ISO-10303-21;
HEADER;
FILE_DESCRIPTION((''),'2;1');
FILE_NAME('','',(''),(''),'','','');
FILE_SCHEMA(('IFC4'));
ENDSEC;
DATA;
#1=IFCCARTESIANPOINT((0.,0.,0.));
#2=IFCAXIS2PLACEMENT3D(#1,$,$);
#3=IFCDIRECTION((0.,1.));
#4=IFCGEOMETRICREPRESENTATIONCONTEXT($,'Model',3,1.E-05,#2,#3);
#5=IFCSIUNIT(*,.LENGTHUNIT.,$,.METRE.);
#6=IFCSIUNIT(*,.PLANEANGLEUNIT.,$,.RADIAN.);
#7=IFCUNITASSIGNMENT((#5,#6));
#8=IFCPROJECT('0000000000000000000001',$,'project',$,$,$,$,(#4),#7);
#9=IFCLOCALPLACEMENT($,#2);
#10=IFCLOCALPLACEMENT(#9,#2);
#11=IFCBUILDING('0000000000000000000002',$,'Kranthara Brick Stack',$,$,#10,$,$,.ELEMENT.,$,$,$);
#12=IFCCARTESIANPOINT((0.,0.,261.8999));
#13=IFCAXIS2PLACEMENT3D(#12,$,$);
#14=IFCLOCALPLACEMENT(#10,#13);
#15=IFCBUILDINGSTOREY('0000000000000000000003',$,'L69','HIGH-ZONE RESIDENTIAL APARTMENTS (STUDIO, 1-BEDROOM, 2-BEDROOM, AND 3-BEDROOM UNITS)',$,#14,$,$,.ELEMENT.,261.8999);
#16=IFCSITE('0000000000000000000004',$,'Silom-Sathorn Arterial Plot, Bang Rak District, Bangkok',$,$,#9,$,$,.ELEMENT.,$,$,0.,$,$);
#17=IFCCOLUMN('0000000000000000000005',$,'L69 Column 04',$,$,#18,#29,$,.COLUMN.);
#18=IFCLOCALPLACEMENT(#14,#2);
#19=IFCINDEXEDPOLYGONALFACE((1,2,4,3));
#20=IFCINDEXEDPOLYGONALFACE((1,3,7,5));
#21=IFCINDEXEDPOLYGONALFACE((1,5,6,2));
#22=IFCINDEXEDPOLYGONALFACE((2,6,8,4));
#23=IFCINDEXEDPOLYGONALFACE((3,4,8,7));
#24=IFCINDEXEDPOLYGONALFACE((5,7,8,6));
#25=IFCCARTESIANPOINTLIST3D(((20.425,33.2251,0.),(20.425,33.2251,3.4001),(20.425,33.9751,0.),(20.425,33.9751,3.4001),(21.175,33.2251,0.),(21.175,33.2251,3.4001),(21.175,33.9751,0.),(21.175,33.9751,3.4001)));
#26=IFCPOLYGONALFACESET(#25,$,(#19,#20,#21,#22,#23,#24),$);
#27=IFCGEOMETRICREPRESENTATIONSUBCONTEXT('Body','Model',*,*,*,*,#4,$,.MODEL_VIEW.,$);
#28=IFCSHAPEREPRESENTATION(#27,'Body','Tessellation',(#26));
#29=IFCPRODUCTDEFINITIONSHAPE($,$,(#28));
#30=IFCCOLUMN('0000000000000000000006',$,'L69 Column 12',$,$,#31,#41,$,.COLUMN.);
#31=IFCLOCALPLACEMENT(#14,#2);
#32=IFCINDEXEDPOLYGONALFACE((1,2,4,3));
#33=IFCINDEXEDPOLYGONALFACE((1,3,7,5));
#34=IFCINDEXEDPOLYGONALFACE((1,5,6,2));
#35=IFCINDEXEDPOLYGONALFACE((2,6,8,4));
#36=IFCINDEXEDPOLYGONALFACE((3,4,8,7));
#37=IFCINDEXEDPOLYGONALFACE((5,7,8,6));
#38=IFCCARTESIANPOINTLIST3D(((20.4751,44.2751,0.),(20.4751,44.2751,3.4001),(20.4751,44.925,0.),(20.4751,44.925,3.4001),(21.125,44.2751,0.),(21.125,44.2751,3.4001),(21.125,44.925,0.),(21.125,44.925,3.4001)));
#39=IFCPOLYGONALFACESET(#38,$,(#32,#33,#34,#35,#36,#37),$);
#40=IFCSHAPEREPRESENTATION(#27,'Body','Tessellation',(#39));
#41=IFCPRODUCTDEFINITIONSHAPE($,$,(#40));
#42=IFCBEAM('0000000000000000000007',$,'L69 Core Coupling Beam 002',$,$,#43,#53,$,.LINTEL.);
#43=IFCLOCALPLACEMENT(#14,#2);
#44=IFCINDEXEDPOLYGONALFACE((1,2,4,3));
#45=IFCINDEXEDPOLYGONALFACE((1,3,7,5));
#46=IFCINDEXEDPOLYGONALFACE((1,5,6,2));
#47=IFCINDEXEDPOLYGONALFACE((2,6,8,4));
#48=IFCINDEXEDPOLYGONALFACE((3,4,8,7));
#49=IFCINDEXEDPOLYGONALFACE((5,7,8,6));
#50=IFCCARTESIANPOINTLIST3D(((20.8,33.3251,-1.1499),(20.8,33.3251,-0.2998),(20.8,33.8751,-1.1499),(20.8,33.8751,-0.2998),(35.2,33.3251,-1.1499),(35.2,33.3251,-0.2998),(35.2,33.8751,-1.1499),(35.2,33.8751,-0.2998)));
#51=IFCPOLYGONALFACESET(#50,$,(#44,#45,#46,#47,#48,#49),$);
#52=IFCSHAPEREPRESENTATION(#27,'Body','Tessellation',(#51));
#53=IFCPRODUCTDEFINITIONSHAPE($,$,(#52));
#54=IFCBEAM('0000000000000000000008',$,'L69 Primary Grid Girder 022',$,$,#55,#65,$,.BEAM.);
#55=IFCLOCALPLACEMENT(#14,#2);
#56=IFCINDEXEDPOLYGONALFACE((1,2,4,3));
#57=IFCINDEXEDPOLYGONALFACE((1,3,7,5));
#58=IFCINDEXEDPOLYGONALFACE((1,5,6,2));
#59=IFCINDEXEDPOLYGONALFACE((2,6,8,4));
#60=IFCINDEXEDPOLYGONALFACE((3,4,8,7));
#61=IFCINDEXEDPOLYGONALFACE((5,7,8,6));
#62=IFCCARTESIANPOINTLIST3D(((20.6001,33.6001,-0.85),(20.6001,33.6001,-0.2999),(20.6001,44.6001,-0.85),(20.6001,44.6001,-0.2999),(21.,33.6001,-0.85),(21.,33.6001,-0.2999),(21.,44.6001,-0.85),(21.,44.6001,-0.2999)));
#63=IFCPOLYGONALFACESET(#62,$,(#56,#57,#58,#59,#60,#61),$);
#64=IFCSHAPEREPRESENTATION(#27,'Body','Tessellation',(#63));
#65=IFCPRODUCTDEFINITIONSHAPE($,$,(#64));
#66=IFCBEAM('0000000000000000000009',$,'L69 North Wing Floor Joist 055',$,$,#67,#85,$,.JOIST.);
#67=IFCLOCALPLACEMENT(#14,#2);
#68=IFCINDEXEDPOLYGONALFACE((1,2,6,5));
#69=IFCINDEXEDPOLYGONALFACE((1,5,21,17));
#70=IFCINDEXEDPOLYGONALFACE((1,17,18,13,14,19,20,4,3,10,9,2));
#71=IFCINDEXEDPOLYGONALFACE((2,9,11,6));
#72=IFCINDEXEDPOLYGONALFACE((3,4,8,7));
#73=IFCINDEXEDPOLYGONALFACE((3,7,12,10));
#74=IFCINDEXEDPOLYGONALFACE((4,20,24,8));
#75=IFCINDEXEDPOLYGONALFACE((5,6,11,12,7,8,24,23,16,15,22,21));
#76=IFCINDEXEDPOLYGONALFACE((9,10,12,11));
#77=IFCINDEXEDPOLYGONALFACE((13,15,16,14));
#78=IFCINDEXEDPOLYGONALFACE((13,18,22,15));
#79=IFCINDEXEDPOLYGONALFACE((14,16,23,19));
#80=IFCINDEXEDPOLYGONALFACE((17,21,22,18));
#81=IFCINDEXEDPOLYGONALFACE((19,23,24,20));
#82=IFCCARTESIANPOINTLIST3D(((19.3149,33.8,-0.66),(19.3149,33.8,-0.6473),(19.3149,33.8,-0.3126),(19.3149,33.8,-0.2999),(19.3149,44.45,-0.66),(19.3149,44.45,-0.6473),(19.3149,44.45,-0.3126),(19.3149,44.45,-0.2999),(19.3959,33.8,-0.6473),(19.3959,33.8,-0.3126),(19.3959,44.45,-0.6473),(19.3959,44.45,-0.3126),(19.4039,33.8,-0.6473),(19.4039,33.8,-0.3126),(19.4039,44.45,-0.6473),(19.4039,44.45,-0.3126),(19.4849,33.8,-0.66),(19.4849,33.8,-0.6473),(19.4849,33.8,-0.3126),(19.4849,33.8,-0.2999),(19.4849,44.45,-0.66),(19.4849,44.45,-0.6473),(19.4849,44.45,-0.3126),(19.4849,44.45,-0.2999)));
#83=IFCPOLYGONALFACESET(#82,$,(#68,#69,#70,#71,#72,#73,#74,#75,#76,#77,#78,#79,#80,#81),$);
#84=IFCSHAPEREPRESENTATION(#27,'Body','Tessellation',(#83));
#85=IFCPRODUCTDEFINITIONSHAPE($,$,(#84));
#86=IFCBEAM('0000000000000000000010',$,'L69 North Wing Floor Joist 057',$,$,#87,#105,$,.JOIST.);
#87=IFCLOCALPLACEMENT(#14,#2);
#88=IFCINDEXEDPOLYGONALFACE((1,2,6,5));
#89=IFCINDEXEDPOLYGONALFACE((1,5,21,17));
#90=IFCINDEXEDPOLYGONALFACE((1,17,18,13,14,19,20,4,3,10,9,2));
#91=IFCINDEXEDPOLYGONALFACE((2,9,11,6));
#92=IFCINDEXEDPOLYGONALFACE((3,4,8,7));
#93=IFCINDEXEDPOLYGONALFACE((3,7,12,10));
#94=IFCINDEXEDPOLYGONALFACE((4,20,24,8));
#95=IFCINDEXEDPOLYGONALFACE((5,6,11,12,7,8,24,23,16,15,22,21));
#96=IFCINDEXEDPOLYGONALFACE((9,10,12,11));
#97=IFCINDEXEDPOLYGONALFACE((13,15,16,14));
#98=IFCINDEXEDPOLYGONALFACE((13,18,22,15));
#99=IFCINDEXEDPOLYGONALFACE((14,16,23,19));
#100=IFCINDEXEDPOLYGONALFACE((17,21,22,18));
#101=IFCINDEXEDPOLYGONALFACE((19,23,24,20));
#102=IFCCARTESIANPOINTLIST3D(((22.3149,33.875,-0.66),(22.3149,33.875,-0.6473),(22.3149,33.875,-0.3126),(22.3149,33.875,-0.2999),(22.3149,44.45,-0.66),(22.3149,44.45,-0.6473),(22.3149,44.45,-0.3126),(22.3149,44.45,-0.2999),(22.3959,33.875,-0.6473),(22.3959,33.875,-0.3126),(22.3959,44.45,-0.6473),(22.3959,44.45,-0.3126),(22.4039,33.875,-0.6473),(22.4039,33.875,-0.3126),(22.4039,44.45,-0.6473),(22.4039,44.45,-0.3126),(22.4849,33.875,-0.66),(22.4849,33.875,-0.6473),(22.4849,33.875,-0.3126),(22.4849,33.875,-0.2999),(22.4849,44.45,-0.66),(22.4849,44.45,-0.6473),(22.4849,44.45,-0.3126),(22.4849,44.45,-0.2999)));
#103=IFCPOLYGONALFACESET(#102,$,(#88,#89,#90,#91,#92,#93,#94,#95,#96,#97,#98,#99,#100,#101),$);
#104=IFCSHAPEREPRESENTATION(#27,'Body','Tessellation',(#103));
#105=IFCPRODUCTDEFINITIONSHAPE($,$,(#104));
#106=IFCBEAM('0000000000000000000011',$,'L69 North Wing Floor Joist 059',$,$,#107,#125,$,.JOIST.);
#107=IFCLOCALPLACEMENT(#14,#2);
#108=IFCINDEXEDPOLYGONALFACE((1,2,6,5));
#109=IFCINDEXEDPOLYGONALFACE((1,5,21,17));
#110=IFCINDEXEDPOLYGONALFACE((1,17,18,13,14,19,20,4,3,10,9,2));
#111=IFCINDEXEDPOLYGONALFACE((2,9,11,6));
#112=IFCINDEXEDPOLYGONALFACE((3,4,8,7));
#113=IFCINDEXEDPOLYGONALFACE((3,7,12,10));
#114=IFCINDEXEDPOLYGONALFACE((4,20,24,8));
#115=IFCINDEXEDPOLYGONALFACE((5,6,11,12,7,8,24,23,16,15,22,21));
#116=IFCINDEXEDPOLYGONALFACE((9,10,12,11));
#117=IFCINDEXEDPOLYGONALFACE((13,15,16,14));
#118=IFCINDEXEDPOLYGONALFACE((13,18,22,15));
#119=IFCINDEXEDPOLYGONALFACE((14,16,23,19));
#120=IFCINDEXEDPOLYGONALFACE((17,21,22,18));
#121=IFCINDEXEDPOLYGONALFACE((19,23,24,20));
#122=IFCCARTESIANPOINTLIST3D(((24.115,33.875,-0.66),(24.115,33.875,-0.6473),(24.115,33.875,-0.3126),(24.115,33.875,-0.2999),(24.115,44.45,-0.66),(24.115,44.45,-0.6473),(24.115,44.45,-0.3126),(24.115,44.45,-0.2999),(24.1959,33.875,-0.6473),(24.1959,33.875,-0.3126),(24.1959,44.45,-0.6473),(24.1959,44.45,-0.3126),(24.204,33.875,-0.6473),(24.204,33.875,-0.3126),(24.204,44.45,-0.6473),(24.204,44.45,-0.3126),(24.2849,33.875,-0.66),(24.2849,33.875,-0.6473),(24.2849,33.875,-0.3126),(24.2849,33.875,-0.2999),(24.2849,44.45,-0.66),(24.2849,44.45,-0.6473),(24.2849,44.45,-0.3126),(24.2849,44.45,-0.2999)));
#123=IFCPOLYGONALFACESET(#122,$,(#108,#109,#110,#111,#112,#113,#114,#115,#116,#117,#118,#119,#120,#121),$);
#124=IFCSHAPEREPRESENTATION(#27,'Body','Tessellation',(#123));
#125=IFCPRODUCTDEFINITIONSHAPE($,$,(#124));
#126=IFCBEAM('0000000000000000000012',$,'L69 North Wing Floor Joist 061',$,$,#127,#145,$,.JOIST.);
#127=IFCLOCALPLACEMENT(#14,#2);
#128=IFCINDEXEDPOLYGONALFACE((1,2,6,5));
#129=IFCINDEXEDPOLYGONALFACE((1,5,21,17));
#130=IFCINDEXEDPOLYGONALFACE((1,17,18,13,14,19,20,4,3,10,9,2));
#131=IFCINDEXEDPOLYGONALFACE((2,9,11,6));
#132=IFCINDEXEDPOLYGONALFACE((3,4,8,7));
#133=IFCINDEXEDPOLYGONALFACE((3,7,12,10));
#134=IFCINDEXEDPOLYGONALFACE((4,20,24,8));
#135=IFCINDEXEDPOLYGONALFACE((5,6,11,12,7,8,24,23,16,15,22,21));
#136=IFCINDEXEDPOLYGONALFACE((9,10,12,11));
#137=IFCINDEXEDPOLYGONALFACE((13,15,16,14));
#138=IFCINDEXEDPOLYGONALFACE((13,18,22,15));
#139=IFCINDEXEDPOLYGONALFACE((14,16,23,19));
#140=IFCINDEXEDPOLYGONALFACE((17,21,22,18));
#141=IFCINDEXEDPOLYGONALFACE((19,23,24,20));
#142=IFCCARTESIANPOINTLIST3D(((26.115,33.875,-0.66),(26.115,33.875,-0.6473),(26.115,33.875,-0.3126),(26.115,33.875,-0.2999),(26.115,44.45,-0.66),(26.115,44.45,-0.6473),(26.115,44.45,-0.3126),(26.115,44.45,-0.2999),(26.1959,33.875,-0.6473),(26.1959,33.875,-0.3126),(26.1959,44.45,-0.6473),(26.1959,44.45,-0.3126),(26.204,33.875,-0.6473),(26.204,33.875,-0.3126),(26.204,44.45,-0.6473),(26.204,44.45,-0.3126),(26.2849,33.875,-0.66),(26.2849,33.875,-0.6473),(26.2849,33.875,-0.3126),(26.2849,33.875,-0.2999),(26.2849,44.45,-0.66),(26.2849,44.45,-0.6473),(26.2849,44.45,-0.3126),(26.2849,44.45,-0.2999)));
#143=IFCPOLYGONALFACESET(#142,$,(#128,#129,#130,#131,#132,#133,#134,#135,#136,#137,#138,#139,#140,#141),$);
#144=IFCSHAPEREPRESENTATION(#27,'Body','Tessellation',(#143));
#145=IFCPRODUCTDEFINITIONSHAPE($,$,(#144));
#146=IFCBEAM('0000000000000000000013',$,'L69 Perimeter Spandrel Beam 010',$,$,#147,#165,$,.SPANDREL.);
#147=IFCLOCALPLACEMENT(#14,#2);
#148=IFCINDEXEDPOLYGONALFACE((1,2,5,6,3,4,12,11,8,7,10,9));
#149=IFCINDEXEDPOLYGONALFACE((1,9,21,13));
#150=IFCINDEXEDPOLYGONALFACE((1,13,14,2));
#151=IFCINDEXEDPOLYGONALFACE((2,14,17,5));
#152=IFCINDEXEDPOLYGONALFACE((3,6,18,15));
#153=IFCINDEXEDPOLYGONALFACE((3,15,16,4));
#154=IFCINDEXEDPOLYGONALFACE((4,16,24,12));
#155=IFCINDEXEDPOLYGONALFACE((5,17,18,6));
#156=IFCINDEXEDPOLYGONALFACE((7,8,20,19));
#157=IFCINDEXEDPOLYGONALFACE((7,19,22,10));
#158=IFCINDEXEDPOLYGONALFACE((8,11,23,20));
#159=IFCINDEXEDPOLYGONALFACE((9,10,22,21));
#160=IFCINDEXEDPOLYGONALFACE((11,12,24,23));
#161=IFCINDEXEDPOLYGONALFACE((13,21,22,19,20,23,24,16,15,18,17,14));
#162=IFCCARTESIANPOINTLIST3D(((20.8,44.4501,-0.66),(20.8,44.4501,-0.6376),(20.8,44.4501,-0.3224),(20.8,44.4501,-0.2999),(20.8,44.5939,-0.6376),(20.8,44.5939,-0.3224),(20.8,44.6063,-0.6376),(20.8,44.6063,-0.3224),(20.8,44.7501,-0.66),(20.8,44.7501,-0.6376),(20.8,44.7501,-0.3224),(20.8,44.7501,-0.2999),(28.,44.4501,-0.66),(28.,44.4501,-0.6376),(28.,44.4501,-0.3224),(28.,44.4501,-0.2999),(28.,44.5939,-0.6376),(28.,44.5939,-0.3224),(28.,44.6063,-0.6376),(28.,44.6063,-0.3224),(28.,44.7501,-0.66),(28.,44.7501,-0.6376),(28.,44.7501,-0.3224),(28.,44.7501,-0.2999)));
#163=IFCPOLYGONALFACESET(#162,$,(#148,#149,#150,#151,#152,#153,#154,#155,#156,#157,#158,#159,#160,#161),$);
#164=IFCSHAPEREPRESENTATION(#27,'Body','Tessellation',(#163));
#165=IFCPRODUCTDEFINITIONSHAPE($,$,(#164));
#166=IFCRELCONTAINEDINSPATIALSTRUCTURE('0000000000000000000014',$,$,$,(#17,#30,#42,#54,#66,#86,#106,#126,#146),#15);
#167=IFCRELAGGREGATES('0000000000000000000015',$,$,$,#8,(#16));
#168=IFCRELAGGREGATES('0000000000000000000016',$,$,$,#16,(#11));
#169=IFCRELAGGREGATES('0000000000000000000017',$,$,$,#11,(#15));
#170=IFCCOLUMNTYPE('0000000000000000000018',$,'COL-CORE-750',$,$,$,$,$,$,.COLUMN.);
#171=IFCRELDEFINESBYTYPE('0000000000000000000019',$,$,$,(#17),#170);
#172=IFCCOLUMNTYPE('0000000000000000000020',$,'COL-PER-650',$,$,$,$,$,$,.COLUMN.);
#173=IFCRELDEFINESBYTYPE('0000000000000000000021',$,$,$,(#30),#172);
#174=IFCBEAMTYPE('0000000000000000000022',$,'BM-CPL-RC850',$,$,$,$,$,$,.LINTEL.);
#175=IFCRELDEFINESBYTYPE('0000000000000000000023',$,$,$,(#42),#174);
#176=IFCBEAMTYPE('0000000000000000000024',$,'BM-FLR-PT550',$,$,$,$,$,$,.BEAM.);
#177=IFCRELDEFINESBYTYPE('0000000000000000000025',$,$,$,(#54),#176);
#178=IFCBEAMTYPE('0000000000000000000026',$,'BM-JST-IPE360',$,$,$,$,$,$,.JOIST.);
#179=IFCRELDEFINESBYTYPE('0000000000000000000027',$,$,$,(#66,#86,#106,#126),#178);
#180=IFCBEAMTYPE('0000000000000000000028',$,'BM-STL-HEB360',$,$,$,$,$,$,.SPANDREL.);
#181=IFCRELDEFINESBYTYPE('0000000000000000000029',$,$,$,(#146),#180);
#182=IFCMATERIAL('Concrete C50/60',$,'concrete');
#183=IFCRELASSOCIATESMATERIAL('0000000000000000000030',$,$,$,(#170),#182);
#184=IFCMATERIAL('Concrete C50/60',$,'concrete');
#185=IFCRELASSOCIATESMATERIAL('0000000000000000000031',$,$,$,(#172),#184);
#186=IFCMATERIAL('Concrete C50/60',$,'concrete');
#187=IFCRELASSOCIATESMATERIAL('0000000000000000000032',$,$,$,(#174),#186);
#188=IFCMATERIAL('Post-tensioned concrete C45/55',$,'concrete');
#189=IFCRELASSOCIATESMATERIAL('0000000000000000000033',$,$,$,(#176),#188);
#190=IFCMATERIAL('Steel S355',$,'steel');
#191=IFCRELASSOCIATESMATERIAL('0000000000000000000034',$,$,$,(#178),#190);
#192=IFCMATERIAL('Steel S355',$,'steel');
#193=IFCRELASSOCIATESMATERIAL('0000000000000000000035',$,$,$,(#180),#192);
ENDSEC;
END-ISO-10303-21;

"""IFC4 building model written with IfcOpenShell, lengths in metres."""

from ifc_helpers import new_model, si_unit, direction, frame, origin, origin_2d, place, context, subcontext, project, spatial, rectangle, i_section, extrude, material, material_profile, profile_set, type_object, element, save


model = new_model("IFC4")

# Units and contexts
model_context = context("Model", 3, precision=1e-05, world=origin(), true_north=direction((0.0, 1.0)))
body_context = subcontext(model_context, "Body", "Model", "MODEL_VIEW")
ifc_project = project(units=[si_unit("LENGTHUNIT", "METRE"), si_unit("PLANEANGLEUNIT", "RADIAN")], contexts=[model_context])

# Site, building, storey
site_placement = place(None, origin())
site = spatial("IfcSite", under=ifc_project, at=site_placement, Name="Silom-Sathorn Arterial Plot, Bang Rak District, Bangkok", CompositionType="ELEMENT", RefElevation=0.0)
building_placement = place(site_placement, origin())
building = spatial("IfcBuilding", under=site, at=building_placement, Name="Kranthara Brick Stack", CompositionType="ELEMENT")
storey_placement = place(building_placement, frame((0.0, 0.0, 261.8999)))
storey = spatial("IfcBuildingStorey", under=building, at=storey_placement, Name="L69", Description="HIGH-ZONE RESIDENTIAL APARTMENTS (STUDIO, 1-BEDROOM, 2-BEDROOM, AND 3-BEDROOM UNITS)", CompositionType="ELEMENT", Elevation=261.8999)

# Columns
ifc_material_1 = material(Name="Concrete C50/60", Category="concrete")
ifc_material_profile_1 = material_profile(ifc_material_1, rectangle(XDim=0.75, YDim=0.75, at=origin_2d()), Name="RC 750x750")
ifc_profile_set_1 = profile_set([ifc_material_profile_1], Name="Concrete C50/60")
column_type_1 = type_object("IfcColumnType", Name="COL-CORE-750", PredefinedType="COLUMN", material=ifc_profile_set_1)
column_1_placement = place(storey_placement, frame((20.8, 33.6001, 0.0), z_axis=(0.0, 0.0, 1.0), x_axis=(1.0, 0.0, 0.0)))
element("IfcColumn", 1, at=column_1_placement, inside=storey, type_object=column_type_1, Name="L69 Column 04", PredefinedType="COLUMN", context=body_context, shape_type="SweptSolid", body=[
    extrude(rectangle(XDim=0.75, YDim=0.75, at=origin_2d()), origin(), (0.0, 0.0, 1.0), 3.4001),
])
ifc_material_2 = material(Name="Concrete C50/60", Category="concrete")
ifc_material_profile_2 = material_profile(ifc_material_2, rectangle(XDim=0.6499, YDim=0.6499, at=origin_2d()), Name="RC 650x650")
ifc_profile_set_2 = profile_set([ifc_material_profile_2], Name="Concrete C50/60")
column_type_2 = type_object("IfcColumnType", Name="COL-PER-650", PredefinedType="COLUMN", material=ifc_profile_set_2)
column_2_placement = place(storey_placement, frame((20.8, 44.6001, 0.0), z_axis=(0.0, 0.0, 1.0), x_axis=(1.0, 0.0, 0.0)))
element("IfcColumn", 2, at=column_2_placement, inside=storey, type_object=column_type_2, Name="L69 Column 12", PredefinedType="COLUMN", context=body_context, shape_type="SweptSolid", body=[
    extrude(rectangle(XDim=0.6499, YDim=0.6499, at=origin_2d()), origin(), (0.0, 0.0, 1.0), 3.4001),
])

# Beams
ifc_material_3 = material(Name="Concrete C50/60", Category="concrete")
ifc_material_profile_3 = material_profile(ifc_material_3, rectangle(XDim=0.55, YDim=0.8501, at=origin_2d()), Name="RC 550x850")
ifc_profile_set_3 = profile_set([ifc_material_profile_3], Name="Concrete C50/60")
beam_type_1 = type_object("IfcBeamType", Name="BM-CPL-RC850", PredefinedType="LINTEL", material=ifc_profile_set_3)
beam_1_placement = place(storey_placement, frame((20.8, 33.6001, -0.7249), z_axis=(1.0, 0.0, 0.0), x_axis=(0.0, 1.0, 0.0)))
element("IfcBeam", 3, at=beam_1_placement, inside=storey, type_object=beam_type_1, Name="L69 Core Coupling Beam 002", PredefinedType="LINTEL", context=body_context, shape_type="SweptSolid", body=[
    extrude(rectangle(XDim=0.55, YDim=0.8501, at=origin_2d()), origin(), (0.0, 0.0, 1.0), 14.3999),
])
ifc_material_4 = material(Name="Post-tensioned concrete C45/55", Category="concrete")
ifc_material_profile_4 = material_profile(ifc_material_4, rectangle(XDim=0.3999, YDim=0.55, at=origin_2d()), Name="PT 400x550")
ifc_profile_set_4 = profile_set([ifc_material_profile_4], Name="Post-tensioned concrete C45/55")
beam_type_2 = type_object("IfcBeamType", Name="BM-FLR-PT550", PredefinedType="BEAM", material=ifc_profile_set_4)
beam_2_placement = place(storey_placement, frame((20.8, 33.6001, -0.575), z_axis=(0.0, 1.0, 0.0), x_axis=(-1.0, 0.0, 0.0)))
element("IfcBeam", 4, at=beam_2_placement, inside=storey, type_object=beam_type_2, Name="L69 Primary Grid Girder 022", PredefinedType="BEAM", context=body_context, shape_type="SweptSolid", body=[
    extrude(rectangle(XDim=0.3999, YDim=0.55, at=origin_2d()), origin(), (0.0, 0.0, 1.0), 11.0),
])
ifc_material_5 = material(Name="Steel S355", Category="steel")
ifc_material_profile_5 = material_profile(ifc_material_5, i_section(OverallWidth=0.1699, OverallDepth=0.3601, WebThickness=0.0081, FlangeThickness=0.0127, at=origin_2d()), Name="IPE 360")
ifc_profile_set_5 = profile_set([ifc_material_profile_5], Name="Steel S355")
beam_type_3 = type_object("IfcBeamType", Name="BM-JST-IPE360", PredefinedType="JOIST", material=ifc_profile_set_5)
beam_3_placement = place(storey_placement, frame((19.3999, 33.8, -0.48), z_axis=(0.0, 1.0, 0.0), x_axis=(-1.0, 0.0, 0.0)))
element("IfcBeam", 5, at=beam_3_placement, inside=storey, type_object=beam_type_3, Name="L69 North Wing Floor Joist 055", PredefinedType="JOIST", context=body_context, shape_type="SweptSolid", body=[
    extrude(i_section(OverallWidth=0.1699, OverallDepth=0.3601, WebThickness=0.0081, FlangeThickness=0.0127, at=origin_2d()), origin(), (0.0, 0.0, 1.0), 10.6499),
])
for number, where, z_axis, x_axis, name in (
    (6, (22.3999, 33.875, -0.48), (0.0, 1.0, 0.0), (-1.0, 0.0, 0.0), "L69 North Wing Floor Joist 057"),
    (7, (24.2, 33.875, -0.48), (0.0, 1.0, 0.0), (-1.0, 0.0, 0.0), "L69 North Wing Floor Joist 059"),
    (8, (26.2, 33.875, -0.48), (0.0, 1.0, 0.0), (-1.0, 0.0, 0.0), "L69 North Wing Floor Joist 061"),
):
    element("IfcBeam", number, at=place(storey_placement, frame(where, z_axis=z_axis, x_axis=x_axis)), inside=storey, type_object=beam_type_3, Name=name, PredefinedType="JOIST", context=body_context, shape_type="SweptSolid", body=[
        extrude(i_section(OverallWidth=0.1699, OverallDepth=0.3601, WebThickness=0.0081, FlangeThickness=0.0127, at=origin_2d()), origin(), (0.0, 0.0, 1.0), 10.575),
    ])
ifc_material_6 = material(Name="Steel S355", Category="steel")
ifc_material_profile_6 = material_profile(ifc_material_6, i_section(OverallWidth=0.3, OverallDepth=0.3601, WebThickness=0.0125, FlangeThickness=0.0225, at=origin_2d()), Name="HEB 360")
ifc_profile_set_6 = profile_set([ifc_material_profile_6], Name="Steel S355")
beam_type_4 = type_object("IfcBeamType", Name="BM-STL-HEB360", PredefinedType="SPANDREL", material=ifc_profile_set_6)
beam_4_placement = place(storey_placement, frame((20.8, 44.6001, -0.48), z_axis=(1.0, 0.0, 0.0), x_axis=(0.0, 1.0, 0.0)))
element("IfcBeam", 9, at=beam_4_placement, inside=storey, type_object=beam_type_4, Name="L69 Perimeter Spandrel Beam 010", PredefinedType="SPANDREL", context=body_context, shape_type="SweptSolid", body=[
    extrude(i_section(OverallWidth=0.3, OverallDepth=0.3601, WebThickness=0.0125, FlangeThickness=0.0225, at=origin_2d()), origin(), (0.0, 0.0, 1.0), 7.2),
])

save(model, "model.ifc")
